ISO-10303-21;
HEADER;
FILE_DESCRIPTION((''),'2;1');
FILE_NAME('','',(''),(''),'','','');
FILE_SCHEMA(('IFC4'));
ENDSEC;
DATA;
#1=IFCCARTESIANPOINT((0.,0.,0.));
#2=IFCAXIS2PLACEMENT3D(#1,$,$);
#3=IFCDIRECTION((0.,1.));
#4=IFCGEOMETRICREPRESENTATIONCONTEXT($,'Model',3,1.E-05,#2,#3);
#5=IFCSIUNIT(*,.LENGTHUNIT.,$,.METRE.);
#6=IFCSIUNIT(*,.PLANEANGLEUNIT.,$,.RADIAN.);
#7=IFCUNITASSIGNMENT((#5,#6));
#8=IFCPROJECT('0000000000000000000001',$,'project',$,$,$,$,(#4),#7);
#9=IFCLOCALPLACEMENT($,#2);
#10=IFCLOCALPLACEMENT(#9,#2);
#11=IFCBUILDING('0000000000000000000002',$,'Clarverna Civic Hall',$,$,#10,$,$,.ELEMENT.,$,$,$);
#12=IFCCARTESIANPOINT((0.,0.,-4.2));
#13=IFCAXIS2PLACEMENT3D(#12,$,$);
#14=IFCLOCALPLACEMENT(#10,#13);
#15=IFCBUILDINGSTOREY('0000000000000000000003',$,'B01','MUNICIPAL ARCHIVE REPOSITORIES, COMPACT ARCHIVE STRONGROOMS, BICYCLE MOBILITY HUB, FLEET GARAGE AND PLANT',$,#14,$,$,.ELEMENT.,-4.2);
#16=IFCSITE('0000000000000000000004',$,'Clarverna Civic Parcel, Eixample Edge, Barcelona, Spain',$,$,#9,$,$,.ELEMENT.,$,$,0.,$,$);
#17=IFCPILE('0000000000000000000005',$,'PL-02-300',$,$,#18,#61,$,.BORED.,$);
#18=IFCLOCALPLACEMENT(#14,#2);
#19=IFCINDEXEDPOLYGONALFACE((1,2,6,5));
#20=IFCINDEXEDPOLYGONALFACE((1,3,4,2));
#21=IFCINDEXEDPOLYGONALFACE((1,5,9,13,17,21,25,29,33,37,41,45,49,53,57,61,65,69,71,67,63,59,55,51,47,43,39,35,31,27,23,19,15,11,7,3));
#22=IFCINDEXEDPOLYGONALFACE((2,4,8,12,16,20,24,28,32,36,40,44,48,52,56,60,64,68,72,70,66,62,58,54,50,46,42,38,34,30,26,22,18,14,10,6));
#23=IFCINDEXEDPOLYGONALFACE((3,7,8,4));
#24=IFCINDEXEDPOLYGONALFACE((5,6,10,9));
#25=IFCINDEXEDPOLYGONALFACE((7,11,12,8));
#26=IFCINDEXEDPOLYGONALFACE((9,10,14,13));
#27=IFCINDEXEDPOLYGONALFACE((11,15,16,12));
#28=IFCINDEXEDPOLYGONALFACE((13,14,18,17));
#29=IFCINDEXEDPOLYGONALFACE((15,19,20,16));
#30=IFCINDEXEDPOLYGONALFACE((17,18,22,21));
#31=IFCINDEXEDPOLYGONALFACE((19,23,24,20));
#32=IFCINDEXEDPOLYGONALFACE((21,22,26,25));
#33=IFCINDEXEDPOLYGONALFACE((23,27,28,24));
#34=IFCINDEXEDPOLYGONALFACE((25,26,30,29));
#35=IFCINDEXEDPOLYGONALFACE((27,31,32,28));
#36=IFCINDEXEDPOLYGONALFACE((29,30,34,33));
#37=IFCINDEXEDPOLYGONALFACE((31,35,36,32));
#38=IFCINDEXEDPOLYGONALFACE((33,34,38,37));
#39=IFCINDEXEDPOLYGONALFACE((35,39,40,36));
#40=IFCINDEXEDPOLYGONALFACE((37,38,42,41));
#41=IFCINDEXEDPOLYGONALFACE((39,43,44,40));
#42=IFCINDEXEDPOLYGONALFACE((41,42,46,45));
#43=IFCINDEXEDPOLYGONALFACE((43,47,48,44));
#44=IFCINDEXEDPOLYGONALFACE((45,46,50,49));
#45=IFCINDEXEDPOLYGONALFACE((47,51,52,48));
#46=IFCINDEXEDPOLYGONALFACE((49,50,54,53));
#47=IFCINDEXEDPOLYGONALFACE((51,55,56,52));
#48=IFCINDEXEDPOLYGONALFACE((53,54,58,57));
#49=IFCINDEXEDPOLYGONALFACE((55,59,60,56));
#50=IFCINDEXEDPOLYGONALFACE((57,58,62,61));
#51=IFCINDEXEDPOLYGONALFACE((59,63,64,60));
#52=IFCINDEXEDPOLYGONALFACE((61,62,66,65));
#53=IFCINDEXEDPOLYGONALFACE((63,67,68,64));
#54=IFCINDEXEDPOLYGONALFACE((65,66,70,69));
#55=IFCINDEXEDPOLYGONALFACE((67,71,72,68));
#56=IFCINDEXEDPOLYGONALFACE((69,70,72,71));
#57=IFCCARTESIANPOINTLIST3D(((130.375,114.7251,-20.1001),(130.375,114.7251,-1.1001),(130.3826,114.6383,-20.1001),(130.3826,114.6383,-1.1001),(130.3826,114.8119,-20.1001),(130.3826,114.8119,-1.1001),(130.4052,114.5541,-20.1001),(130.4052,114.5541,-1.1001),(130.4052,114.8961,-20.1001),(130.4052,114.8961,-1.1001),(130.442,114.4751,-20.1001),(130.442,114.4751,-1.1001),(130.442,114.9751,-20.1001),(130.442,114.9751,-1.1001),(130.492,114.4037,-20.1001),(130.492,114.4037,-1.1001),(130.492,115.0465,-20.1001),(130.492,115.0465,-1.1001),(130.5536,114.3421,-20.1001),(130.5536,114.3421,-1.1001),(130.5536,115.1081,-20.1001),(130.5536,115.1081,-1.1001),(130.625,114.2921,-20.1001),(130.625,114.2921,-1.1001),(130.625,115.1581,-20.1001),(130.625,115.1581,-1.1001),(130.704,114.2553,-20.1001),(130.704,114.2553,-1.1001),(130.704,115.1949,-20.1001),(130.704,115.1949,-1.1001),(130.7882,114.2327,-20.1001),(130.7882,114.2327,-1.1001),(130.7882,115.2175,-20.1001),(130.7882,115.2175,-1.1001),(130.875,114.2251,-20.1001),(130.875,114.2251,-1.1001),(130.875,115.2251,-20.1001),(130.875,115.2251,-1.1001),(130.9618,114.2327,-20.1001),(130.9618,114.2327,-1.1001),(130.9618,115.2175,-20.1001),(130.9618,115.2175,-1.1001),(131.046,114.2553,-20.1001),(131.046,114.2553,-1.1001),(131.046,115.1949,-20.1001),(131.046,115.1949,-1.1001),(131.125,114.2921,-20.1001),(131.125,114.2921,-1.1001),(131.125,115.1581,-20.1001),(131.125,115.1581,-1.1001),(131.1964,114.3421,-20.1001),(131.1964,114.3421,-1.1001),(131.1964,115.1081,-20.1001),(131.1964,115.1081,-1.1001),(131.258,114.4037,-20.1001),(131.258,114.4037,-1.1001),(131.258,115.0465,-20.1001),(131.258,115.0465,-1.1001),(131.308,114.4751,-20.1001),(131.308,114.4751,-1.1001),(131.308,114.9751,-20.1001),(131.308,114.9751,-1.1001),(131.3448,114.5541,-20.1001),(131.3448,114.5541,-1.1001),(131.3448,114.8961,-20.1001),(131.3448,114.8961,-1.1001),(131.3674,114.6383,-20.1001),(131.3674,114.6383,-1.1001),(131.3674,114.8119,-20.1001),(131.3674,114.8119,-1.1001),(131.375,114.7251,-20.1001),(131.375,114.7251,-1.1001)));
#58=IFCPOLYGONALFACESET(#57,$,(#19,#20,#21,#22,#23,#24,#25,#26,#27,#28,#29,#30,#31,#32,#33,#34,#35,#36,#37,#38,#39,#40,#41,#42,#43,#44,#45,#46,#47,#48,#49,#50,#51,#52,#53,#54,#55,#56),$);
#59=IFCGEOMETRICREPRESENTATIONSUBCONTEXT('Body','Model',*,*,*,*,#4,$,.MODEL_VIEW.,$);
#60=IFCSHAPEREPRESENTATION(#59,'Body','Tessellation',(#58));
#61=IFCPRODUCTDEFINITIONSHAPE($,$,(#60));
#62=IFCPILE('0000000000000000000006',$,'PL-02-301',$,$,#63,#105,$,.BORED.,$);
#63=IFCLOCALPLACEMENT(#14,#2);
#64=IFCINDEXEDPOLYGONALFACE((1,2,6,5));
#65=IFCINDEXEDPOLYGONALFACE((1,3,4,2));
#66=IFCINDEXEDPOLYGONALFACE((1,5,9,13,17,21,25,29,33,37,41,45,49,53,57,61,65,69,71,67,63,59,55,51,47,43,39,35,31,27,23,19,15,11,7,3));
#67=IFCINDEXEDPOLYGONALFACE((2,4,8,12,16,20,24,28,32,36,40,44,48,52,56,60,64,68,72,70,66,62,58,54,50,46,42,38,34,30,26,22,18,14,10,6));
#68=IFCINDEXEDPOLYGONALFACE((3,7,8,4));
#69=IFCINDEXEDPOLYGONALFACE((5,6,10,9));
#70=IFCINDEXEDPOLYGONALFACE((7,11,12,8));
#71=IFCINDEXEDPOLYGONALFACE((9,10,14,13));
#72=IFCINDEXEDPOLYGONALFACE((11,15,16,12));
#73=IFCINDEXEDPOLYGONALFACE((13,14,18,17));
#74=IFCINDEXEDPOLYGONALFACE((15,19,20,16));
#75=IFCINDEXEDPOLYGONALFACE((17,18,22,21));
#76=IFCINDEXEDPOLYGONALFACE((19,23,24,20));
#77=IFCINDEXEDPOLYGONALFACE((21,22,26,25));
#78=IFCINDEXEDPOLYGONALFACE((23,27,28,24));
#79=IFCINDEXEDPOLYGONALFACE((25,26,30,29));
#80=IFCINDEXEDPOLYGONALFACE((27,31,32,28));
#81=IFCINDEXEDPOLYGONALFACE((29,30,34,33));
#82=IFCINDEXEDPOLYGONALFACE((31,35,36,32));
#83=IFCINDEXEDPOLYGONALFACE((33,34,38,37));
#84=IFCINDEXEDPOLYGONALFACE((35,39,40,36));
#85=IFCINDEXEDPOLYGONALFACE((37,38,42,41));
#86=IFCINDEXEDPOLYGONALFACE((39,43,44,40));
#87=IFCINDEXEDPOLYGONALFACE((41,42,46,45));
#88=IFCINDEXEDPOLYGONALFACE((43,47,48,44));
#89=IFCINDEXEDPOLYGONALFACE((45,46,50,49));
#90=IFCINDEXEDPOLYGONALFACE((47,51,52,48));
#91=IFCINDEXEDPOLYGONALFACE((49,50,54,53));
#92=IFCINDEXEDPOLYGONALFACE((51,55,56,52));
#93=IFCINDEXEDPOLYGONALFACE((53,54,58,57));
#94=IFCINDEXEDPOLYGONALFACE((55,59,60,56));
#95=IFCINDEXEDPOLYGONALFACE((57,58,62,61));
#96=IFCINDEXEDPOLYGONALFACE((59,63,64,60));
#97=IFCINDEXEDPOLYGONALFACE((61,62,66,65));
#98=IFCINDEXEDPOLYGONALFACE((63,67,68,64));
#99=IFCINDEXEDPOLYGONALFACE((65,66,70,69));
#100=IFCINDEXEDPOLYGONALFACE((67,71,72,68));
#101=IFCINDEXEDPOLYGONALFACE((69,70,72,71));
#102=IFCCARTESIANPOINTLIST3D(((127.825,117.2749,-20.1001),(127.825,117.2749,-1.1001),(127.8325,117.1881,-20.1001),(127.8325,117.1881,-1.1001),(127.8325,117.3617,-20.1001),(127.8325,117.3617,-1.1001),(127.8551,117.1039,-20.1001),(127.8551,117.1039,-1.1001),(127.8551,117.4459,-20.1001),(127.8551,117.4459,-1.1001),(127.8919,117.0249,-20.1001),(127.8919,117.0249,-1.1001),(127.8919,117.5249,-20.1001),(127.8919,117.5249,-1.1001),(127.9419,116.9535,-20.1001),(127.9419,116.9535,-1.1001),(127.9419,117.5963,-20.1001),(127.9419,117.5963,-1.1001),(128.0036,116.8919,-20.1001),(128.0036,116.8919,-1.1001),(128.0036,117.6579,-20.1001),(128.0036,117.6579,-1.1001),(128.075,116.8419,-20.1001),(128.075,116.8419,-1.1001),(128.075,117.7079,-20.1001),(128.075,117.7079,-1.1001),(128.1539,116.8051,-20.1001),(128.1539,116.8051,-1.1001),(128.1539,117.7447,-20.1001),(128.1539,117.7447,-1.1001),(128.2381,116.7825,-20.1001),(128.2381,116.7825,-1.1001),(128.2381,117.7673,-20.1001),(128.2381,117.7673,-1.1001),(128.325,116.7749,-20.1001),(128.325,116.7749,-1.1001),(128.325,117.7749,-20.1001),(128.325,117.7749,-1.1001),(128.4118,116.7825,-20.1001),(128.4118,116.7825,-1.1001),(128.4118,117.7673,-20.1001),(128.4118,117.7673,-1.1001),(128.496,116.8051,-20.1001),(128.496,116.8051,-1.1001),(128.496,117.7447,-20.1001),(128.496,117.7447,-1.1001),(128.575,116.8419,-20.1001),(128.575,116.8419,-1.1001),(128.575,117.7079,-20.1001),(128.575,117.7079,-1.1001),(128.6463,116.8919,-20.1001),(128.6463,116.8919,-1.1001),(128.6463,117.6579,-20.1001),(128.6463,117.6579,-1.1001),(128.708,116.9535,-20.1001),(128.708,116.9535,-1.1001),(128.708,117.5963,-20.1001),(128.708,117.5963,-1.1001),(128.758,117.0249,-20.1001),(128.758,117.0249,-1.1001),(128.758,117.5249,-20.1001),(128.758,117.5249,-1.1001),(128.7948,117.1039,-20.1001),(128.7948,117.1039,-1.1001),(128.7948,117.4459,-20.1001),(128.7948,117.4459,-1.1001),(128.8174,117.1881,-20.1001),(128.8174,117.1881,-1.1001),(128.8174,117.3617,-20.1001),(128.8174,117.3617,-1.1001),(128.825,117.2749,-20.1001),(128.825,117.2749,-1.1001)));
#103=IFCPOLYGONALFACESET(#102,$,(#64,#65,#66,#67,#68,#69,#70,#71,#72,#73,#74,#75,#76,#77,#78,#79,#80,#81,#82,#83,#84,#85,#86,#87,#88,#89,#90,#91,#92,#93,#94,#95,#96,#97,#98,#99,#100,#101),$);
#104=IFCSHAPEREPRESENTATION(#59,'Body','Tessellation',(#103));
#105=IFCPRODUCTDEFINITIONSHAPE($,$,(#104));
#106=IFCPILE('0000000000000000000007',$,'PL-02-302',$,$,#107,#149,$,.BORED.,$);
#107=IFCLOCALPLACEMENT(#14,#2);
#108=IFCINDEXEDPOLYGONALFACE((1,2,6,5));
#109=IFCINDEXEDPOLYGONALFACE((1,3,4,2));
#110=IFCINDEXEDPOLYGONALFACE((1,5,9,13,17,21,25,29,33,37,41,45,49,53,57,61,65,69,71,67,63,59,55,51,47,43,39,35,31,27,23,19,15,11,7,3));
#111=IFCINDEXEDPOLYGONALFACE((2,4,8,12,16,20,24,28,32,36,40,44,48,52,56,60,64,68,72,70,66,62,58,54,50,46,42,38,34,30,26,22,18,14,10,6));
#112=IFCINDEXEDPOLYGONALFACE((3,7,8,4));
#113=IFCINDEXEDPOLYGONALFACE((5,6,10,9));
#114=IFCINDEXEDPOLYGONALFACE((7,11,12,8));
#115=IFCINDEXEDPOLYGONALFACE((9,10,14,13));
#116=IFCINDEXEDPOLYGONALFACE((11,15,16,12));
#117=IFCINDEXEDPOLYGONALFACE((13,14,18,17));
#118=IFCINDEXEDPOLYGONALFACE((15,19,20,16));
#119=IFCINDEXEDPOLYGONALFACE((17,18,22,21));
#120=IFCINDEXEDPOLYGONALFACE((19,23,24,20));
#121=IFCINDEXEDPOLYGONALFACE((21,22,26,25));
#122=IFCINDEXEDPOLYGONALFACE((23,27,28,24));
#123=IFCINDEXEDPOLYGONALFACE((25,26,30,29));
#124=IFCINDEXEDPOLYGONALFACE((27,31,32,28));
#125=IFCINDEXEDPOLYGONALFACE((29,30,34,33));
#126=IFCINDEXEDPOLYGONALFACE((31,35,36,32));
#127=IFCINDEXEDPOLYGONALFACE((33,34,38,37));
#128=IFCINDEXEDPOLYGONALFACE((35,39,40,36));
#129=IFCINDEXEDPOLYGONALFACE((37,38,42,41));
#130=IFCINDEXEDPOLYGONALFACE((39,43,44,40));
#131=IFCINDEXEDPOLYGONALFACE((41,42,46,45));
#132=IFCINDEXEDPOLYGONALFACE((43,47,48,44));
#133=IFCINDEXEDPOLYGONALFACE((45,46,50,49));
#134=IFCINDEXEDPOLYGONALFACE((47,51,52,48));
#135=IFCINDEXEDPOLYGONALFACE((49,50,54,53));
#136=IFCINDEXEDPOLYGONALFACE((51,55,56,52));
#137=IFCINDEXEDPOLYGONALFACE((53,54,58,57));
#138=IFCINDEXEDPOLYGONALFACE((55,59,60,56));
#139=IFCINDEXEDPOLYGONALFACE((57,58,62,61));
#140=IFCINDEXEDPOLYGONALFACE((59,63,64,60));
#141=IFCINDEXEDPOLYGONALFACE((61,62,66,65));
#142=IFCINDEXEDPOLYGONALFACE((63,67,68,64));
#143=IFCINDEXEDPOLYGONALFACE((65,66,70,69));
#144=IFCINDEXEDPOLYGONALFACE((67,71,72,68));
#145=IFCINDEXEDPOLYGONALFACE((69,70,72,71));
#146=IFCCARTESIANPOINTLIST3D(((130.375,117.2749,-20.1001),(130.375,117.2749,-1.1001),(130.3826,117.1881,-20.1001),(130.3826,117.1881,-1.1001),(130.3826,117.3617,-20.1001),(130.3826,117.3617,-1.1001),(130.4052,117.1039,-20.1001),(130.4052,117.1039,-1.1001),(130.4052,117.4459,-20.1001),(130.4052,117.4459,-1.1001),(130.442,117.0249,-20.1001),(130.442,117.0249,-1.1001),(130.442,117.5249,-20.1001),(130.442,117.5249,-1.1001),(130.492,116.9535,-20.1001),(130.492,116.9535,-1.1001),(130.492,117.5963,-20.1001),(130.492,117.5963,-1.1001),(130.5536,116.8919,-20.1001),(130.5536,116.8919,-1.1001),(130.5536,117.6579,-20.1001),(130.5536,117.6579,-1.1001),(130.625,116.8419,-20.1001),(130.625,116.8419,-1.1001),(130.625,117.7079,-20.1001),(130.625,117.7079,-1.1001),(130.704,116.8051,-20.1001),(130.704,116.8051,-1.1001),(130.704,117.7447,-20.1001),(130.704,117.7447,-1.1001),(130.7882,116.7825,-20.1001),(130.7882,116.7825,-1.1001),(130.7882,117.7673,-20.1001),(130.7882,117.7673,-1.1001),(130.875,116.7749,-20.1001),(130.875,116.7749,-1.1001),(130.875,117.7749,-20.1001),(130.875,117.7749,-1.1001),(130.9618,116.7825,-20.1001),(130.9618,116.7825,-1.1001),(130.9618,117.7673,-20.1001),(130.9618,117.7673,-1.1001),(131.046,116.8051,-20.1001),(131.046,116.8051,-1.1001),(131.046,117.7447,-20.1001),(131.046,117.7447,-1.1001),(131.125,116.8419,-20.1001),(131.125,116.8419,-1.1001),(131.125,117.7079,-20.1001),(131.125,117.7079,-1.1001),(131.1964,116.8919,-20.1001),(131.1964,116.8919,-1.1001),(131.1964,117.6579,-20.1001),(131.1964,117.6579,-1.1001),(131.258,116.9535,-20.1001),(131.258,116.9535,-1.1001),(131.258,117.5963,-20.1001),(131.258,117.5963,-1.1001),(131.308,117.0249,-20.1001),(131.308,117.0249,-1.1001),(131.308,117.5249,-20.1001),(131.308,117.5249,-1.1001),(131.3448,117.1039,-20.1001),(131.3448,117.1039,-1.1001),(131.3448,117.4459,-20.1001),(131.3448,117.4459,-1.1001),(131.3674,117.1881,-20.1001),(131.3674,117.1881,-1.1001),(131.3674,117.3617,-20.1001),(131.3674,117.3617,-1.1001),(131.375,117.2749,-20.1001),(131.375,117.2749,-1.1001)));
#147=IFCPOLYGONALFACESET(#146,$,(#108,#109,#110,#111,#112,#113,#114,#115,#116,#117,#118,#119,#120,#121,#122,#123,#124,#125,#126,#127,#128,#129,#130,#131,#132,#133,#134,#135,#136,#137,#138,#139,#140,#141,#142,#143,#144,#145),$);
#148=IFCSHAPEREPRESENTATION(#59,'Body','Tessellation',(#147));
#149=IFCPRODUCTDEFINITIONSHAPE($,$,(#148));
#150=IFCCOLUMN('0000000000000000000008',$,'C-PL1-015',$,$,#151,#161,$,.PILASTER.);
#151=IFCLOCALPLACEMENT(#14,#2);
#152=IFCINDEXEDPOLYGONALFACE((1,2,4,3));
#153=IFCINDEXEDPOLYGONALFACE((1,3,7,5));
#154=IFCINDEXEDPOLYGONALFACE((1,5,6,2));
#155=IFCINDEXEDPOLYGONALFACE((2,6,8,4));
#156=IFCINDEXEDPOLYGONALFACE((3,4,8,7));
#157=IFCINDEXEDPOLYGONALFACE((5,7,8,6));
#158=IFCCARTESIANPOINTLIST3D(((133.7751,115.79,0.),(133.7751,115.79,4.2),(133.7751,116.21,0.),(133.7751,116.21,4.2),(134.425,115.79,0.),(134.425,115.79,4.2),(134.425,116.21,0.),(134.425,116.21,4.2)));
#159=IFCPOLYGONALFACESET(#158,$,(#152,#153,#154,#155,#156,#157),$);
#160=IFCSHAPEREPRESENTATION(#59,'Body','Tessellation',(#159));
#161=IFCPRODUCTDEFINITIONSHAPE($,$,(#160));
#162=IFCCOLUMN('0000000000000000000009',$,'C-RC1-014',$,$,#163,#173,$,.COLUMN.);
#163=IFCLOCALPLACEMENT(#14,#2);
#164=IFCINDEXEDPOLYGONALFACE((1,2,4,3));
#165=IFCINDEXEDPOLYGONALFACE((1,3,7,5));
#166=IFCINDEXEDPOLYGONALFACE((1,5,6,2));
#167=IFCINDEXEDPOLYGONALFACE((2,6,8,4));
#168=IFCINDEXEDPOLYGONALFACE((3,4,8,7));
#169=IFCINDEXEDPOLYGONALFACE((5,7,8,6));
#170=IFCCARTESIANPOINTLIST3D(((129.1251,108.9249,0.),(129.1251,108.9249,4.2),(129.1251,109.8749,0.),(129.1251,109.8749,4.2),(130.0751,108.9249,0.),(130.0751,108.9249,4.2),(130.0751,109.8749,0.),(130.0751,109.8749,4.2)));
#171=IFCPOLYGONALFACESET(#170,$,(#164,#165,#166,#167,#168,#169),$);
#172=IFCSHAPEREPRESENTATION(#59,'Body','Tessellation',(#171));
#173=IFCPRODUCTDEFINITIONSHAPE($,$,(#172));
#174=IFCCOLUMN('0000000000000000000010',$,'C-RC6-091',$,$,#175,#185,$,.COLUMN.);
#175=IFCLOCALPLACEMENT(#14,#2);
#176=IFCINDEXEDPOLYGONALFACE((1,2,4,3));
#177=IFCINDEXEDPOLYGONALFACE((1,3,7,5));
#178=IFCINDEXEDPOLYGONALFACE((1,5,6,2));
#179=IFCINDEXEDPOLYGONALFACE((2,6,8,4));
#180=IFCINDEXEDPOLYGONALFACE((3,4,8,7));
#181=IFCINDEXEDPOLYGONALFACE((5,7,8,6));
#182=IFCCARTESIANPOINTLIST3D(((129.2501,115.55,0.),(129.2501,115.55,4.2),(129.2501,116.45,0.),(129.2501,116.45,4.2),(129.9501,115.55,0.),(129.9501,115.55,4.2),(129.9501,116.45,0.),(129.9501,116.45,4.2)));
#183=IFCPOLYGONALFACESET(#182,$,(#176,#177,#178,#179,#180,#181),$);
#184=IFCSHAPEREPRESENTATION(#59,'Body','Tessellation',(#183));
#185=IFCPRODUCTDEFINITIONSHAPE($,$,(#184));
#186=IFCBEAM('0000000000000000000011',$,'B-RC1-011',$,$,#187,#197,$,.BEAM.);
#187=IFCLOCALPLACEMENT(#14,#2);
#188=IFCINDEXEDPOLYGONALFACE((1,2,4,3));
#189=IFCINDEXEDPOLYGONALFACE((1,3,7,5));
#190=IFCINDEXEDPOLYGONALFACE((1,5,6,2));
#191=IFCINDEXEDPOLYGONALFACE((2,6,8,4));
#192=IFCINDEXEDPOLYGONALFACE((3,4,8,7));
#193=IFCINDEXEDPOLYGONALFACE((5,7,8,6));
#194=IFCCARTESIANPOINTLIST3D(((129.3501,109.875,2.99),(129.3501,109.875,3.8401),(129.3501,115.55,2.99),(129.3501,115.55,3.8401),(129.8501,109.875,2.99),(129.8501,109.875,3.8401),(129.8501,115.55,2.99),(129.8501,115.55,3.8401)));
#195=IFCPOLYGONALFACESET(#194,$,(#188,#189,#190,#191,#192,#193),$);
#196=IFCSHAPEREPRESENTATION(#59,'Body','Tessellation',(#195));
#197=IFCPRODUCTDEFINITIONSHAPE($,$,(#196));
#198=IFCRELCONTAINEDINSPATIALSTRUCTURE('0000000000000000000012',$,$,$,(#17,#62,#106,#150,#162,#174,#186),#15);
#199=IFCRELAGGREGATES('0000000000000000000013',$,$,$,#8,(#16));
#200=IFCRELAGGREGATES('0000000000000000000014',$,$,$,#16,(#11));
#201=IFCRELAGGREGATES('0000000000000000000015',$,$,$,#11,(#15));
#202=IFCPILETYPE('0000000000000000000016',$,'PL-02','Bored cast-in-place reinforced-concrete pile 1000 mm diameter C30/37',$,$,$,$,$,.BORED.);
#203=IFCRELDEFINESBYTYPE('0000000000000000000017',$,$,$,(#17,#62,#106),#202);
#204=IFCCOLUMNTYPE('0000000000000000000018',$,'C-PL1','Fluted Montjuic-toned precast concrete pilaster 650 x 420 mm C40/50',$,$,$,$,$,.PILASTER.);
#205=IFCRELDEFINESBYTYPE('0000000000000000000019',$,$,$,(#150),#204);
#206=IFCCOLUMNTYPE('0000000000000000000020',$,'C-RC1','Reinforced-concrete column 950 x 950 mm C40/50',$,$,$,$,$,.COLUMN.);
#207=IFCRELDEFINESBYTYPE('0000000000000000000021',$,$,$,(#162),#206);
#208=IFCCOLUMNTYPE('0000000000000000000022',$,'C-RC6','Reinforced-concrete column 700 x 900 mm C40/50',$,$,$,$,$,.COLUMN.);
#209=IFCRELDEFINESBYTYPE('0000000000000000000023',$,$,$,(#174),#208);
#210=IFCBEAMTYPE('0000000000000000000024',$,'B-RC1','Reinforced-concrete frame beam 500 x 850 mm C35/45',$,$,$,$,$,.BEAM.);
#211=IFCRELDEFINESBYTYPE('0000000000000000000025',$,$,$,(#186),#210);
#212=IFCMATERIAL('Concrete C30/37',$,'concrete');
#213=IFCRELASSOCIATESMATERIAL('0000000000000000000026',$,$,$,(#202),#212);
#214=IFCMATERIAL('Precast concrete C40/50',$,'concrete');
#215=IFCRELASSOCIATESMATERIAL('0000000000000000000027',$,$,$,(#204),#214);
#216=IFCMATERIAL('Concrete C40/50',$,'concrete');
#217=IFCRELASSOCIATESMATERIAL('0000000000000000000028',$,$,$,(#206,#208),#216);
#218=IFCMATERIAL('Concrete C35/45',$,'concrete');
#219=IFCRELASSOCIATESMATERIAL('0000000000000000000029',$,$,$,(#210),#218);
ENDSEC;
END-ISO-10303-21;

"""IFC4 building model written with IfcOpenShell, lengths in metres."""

from ifc_helpers import new_model, si_unit, direction, frame, origin, origin_2d, place, context, subcontext, project, spatial, rectangle, circle, extrude, material, material_profile, profile_set, type_object, element, save


model = new_model("IFC4")

# Units and contexts
model_context = context("Model", 3, precision=1e-05, world=origin(), true_north=direction((0.0, 1.0)))
body_context = subcontext(model_context, "Body", "Model", "MODEL_VIEW")
ifc_project = project(units=[si_unit("LENGTHUNIT", "METRE"), si_unit("PLANEANGLEUNIT", "RADIAN")], contexts=[model_context])

# Site, building, storey
site_placement = place(None, origin())
site = spatial("IfcSite", under=ifc_project, at=site_placement, Name="Clarverna Civic Parcel, Eixample Edge, Barcelona, Spain", CompositionType="ELEMENT", RefElevation=0.0)
building_placement = place(site_placement, origin())
building = spatial("IfcBuilding", under=site, at=building_placement, Name="Clarverna Civic Hall", CompositionType="ELEMENT")
storey_placement = place(building_placement, frame((0.0, 0.0, -4.2)))
storey = spatial("IfcBuildingStorey", under=building, at=storey_placement, Name="B01", Description="MUNICIPAL ARCHIVE REPOSITORIES, COMPACT ARCHIVE STRONGROOMS, BICYCLE MOBILITY HUB, FLEET GARAGE AND PLANT", CompositionType="ELEMENT", Elevation=-4.2)

# Shared definitions
ifc_material_1 = material(Name="Concrete C30/37", Category="concrete")

# Piles
ifc_material_profile_1 = material_profile(ifc_material_1, circle(Radius=0.5, at=origin_2d()), Name="BORED PILE D1000")
ifc_profile_set_1 = profile_set([ifc_material_profile_1], Name="Concrete C30/37")
pile_type_1 = type_object("IfcPileType", Name="PL-02", Description="Bored cast-in-place reinforced-concrete pile 1000 mm diameter C30/37", PredefinedType="BORED", material=ifc_profile_set_1)
for number, where, z_axis, x_axis, name in (
    (1, (130.875, 114.7251, -1.1001), (0.0, 0.0, -1.0), (1.0, 0.0, 0.0), "PL-02-300"),
    (2, (128.325, 117.2749, -1.1001), (0.0, 0.0, -1.0), (1.0, 0.0, 0.0), "PL-02-301"),
    (3, (130.875, 117.2749, -1.1001), (0.0, 0.0, -1.0), (1.0, 0.0, 0.0), "PL-02-302"),
):
    element("IfcPile", number, at=place(storey_placement, frame(where, z_axis=z_axis, x_axis=x_axis)), inside=storey, type_object=pile_type_1, Name=name, PredefinedType="BORED", context=body_context, shape_type="SweptSolid", body=[
        extrude(circle(Radius=0.5, at=origin_2d()), origin(), (0.0, 0.0, 1.0), 19.0),
    ])

# Columns
ifc_material_2 = material(Name="Precast concrete C40/50", Category="concrete")
ifc_material_profile_2 = material_profile(ifc_material_2, rectangle(XDim=0.6499, YDim=0.4199, at=origin_2d()), Name="PILASTER 650x420")
ifc_profile_set_2 = profile_set([ifc_material_profile_2], Name="Precast concrete C40/50")
column_type_1 = type_object("IfcColumnType", Name="C-PL1", Description="Fluted Montjuic-toned precast concrete pilaster 650 x 420 mm C40/50", PredefinedType="PILASTER", material=ifc_profile_set_2)
column_1_placement = place(storey_placement, frame((134.1001, 116.0, 0.0), z_axis=(0.0, 0.0, 1.0), x_axis=(1.0, 0.0, 0.0)))
element("IfcColumn", 4, at=column_1_placement, inside=storey, type_object=column_type_1, Name="C-PL1-015", PredefinedType="PILASTER", context=body_context, shape_type="SweptSolid", body=[
    extrude(rectangle(XDim=0.6499, YDim=0.4199, at=origin_2d()), origin(), (0.0, 0.0, 1.0), 4.2),
])
ifc_material_3 = material(Name="Concrete C40/50", Category="concrete")
ifc_material_profile_3 = material_profile(ifc_material_3, rectangle(XDim=0.95, YDim=0.95, at=origin_2d()), Name="RC 950x950")
ifc_profile_set_3 = profile_set([ifc_material_profile_3], Name="Concrete C40/50")
column_type_2 = type_object("IfcColumnType", Name="C-RC1", Description="Reinforced-concrete column 950 x 950 mm C40/50", PredefinedType="COLUMN", material=ifc_profile_set_3)
column_2_placement = place(storey_placement, frame((129.6001, 109.3999, 0.0), z_axis=(0.0, 0.0, 1.0), x_axis=(1.0, 0.0, 0.0)))
element("IfcColumn", 5, at=column_2_placement, inside=storey, type_object=column_type_2, Name="C-RC1-014", PredefinedType="COLUMN", context=body_context, shape_type="SweptSolid", body=[
    extrude(rectangle(XDim=0.95, YDim=0.95, at=origin_2d()), origin(), (0.0, 0.0, 1.0), 4.2),
])
ifc_material_profile_4 = material_profile(ifc_material_3, rectangle(XDim=0.7, YDim=0.8999, at=origin_2d()), Name="RC 700x900")
ifc_profile_set_4 = profile_set([ifc_material_profile_4], Name="Concrete C40/50")
column_type_3 = type_object("IfcColumnType", Name="C-RC6", Description="Reinforced-concrete column 700 x 900 mm C40/50", PredefinedType="COLUMN", material=ifc_profile_set_4)
column_3_placement = place(storey_placement, frame((129.6001, 116.0, 0.0), z_axis=(0.0, 0.0, 1.0), x_axis=(1.0, 0.0, 0.0)))
element("IfcColumn", 6, at=column_3_placement, inside=storey, type_object=column_type_3, Name="C-RC6-091", PredefinedType="COLUMN", context=body_context, shape_type="SweptSolid", body=[
    extrude(rectangle(XDim=0.7, YDim=0.8999, at=origin_2d()), origin(), (0.0, 0.0, 1.0), 4.2),
])

# Beam
ifc_material_4 = material(Name="Concrete C35/45", Category="concrete")
ifc_material_profile_5 = material_profile(ifc_material_4, rectangle(XDim=0.5, YDim=0.8501, at=origin_2d()), Name="RC 500x850")
ifc_profile_set_5 = profile_set([ifc_material_profile_5], Name="Concrete C35/45")
beam_type_1 = type_object("IfcBeamType", Name="B-RC1", Description="Reinforced-concrete frame beam 500 x 850 mm C35/45", PredefinedType="BEAM", material=ifc_profile_set_5)
beam_1_placement = place(storey_placement, frame((129.6001, 109.875, 3.415), z_axis=(0.0, 1.0, 0.0), x_axis=(-1.0, 0.0, 0.0)))
element("IfcBeam", 7, at=beam_1_placement, inside=storey, type_object=beam_type_1, Name="B-RC1-011", PredefinedType="BEAM", context=body_context, shape_type="SweptSolid", body=[
    extrude(rectangle(XDim=0.5, YDim=0.8501, at=origin_2d()), origin(), (0.0, 0.0, 1.0), 5.675),
])

save(model, "model.ifc")
